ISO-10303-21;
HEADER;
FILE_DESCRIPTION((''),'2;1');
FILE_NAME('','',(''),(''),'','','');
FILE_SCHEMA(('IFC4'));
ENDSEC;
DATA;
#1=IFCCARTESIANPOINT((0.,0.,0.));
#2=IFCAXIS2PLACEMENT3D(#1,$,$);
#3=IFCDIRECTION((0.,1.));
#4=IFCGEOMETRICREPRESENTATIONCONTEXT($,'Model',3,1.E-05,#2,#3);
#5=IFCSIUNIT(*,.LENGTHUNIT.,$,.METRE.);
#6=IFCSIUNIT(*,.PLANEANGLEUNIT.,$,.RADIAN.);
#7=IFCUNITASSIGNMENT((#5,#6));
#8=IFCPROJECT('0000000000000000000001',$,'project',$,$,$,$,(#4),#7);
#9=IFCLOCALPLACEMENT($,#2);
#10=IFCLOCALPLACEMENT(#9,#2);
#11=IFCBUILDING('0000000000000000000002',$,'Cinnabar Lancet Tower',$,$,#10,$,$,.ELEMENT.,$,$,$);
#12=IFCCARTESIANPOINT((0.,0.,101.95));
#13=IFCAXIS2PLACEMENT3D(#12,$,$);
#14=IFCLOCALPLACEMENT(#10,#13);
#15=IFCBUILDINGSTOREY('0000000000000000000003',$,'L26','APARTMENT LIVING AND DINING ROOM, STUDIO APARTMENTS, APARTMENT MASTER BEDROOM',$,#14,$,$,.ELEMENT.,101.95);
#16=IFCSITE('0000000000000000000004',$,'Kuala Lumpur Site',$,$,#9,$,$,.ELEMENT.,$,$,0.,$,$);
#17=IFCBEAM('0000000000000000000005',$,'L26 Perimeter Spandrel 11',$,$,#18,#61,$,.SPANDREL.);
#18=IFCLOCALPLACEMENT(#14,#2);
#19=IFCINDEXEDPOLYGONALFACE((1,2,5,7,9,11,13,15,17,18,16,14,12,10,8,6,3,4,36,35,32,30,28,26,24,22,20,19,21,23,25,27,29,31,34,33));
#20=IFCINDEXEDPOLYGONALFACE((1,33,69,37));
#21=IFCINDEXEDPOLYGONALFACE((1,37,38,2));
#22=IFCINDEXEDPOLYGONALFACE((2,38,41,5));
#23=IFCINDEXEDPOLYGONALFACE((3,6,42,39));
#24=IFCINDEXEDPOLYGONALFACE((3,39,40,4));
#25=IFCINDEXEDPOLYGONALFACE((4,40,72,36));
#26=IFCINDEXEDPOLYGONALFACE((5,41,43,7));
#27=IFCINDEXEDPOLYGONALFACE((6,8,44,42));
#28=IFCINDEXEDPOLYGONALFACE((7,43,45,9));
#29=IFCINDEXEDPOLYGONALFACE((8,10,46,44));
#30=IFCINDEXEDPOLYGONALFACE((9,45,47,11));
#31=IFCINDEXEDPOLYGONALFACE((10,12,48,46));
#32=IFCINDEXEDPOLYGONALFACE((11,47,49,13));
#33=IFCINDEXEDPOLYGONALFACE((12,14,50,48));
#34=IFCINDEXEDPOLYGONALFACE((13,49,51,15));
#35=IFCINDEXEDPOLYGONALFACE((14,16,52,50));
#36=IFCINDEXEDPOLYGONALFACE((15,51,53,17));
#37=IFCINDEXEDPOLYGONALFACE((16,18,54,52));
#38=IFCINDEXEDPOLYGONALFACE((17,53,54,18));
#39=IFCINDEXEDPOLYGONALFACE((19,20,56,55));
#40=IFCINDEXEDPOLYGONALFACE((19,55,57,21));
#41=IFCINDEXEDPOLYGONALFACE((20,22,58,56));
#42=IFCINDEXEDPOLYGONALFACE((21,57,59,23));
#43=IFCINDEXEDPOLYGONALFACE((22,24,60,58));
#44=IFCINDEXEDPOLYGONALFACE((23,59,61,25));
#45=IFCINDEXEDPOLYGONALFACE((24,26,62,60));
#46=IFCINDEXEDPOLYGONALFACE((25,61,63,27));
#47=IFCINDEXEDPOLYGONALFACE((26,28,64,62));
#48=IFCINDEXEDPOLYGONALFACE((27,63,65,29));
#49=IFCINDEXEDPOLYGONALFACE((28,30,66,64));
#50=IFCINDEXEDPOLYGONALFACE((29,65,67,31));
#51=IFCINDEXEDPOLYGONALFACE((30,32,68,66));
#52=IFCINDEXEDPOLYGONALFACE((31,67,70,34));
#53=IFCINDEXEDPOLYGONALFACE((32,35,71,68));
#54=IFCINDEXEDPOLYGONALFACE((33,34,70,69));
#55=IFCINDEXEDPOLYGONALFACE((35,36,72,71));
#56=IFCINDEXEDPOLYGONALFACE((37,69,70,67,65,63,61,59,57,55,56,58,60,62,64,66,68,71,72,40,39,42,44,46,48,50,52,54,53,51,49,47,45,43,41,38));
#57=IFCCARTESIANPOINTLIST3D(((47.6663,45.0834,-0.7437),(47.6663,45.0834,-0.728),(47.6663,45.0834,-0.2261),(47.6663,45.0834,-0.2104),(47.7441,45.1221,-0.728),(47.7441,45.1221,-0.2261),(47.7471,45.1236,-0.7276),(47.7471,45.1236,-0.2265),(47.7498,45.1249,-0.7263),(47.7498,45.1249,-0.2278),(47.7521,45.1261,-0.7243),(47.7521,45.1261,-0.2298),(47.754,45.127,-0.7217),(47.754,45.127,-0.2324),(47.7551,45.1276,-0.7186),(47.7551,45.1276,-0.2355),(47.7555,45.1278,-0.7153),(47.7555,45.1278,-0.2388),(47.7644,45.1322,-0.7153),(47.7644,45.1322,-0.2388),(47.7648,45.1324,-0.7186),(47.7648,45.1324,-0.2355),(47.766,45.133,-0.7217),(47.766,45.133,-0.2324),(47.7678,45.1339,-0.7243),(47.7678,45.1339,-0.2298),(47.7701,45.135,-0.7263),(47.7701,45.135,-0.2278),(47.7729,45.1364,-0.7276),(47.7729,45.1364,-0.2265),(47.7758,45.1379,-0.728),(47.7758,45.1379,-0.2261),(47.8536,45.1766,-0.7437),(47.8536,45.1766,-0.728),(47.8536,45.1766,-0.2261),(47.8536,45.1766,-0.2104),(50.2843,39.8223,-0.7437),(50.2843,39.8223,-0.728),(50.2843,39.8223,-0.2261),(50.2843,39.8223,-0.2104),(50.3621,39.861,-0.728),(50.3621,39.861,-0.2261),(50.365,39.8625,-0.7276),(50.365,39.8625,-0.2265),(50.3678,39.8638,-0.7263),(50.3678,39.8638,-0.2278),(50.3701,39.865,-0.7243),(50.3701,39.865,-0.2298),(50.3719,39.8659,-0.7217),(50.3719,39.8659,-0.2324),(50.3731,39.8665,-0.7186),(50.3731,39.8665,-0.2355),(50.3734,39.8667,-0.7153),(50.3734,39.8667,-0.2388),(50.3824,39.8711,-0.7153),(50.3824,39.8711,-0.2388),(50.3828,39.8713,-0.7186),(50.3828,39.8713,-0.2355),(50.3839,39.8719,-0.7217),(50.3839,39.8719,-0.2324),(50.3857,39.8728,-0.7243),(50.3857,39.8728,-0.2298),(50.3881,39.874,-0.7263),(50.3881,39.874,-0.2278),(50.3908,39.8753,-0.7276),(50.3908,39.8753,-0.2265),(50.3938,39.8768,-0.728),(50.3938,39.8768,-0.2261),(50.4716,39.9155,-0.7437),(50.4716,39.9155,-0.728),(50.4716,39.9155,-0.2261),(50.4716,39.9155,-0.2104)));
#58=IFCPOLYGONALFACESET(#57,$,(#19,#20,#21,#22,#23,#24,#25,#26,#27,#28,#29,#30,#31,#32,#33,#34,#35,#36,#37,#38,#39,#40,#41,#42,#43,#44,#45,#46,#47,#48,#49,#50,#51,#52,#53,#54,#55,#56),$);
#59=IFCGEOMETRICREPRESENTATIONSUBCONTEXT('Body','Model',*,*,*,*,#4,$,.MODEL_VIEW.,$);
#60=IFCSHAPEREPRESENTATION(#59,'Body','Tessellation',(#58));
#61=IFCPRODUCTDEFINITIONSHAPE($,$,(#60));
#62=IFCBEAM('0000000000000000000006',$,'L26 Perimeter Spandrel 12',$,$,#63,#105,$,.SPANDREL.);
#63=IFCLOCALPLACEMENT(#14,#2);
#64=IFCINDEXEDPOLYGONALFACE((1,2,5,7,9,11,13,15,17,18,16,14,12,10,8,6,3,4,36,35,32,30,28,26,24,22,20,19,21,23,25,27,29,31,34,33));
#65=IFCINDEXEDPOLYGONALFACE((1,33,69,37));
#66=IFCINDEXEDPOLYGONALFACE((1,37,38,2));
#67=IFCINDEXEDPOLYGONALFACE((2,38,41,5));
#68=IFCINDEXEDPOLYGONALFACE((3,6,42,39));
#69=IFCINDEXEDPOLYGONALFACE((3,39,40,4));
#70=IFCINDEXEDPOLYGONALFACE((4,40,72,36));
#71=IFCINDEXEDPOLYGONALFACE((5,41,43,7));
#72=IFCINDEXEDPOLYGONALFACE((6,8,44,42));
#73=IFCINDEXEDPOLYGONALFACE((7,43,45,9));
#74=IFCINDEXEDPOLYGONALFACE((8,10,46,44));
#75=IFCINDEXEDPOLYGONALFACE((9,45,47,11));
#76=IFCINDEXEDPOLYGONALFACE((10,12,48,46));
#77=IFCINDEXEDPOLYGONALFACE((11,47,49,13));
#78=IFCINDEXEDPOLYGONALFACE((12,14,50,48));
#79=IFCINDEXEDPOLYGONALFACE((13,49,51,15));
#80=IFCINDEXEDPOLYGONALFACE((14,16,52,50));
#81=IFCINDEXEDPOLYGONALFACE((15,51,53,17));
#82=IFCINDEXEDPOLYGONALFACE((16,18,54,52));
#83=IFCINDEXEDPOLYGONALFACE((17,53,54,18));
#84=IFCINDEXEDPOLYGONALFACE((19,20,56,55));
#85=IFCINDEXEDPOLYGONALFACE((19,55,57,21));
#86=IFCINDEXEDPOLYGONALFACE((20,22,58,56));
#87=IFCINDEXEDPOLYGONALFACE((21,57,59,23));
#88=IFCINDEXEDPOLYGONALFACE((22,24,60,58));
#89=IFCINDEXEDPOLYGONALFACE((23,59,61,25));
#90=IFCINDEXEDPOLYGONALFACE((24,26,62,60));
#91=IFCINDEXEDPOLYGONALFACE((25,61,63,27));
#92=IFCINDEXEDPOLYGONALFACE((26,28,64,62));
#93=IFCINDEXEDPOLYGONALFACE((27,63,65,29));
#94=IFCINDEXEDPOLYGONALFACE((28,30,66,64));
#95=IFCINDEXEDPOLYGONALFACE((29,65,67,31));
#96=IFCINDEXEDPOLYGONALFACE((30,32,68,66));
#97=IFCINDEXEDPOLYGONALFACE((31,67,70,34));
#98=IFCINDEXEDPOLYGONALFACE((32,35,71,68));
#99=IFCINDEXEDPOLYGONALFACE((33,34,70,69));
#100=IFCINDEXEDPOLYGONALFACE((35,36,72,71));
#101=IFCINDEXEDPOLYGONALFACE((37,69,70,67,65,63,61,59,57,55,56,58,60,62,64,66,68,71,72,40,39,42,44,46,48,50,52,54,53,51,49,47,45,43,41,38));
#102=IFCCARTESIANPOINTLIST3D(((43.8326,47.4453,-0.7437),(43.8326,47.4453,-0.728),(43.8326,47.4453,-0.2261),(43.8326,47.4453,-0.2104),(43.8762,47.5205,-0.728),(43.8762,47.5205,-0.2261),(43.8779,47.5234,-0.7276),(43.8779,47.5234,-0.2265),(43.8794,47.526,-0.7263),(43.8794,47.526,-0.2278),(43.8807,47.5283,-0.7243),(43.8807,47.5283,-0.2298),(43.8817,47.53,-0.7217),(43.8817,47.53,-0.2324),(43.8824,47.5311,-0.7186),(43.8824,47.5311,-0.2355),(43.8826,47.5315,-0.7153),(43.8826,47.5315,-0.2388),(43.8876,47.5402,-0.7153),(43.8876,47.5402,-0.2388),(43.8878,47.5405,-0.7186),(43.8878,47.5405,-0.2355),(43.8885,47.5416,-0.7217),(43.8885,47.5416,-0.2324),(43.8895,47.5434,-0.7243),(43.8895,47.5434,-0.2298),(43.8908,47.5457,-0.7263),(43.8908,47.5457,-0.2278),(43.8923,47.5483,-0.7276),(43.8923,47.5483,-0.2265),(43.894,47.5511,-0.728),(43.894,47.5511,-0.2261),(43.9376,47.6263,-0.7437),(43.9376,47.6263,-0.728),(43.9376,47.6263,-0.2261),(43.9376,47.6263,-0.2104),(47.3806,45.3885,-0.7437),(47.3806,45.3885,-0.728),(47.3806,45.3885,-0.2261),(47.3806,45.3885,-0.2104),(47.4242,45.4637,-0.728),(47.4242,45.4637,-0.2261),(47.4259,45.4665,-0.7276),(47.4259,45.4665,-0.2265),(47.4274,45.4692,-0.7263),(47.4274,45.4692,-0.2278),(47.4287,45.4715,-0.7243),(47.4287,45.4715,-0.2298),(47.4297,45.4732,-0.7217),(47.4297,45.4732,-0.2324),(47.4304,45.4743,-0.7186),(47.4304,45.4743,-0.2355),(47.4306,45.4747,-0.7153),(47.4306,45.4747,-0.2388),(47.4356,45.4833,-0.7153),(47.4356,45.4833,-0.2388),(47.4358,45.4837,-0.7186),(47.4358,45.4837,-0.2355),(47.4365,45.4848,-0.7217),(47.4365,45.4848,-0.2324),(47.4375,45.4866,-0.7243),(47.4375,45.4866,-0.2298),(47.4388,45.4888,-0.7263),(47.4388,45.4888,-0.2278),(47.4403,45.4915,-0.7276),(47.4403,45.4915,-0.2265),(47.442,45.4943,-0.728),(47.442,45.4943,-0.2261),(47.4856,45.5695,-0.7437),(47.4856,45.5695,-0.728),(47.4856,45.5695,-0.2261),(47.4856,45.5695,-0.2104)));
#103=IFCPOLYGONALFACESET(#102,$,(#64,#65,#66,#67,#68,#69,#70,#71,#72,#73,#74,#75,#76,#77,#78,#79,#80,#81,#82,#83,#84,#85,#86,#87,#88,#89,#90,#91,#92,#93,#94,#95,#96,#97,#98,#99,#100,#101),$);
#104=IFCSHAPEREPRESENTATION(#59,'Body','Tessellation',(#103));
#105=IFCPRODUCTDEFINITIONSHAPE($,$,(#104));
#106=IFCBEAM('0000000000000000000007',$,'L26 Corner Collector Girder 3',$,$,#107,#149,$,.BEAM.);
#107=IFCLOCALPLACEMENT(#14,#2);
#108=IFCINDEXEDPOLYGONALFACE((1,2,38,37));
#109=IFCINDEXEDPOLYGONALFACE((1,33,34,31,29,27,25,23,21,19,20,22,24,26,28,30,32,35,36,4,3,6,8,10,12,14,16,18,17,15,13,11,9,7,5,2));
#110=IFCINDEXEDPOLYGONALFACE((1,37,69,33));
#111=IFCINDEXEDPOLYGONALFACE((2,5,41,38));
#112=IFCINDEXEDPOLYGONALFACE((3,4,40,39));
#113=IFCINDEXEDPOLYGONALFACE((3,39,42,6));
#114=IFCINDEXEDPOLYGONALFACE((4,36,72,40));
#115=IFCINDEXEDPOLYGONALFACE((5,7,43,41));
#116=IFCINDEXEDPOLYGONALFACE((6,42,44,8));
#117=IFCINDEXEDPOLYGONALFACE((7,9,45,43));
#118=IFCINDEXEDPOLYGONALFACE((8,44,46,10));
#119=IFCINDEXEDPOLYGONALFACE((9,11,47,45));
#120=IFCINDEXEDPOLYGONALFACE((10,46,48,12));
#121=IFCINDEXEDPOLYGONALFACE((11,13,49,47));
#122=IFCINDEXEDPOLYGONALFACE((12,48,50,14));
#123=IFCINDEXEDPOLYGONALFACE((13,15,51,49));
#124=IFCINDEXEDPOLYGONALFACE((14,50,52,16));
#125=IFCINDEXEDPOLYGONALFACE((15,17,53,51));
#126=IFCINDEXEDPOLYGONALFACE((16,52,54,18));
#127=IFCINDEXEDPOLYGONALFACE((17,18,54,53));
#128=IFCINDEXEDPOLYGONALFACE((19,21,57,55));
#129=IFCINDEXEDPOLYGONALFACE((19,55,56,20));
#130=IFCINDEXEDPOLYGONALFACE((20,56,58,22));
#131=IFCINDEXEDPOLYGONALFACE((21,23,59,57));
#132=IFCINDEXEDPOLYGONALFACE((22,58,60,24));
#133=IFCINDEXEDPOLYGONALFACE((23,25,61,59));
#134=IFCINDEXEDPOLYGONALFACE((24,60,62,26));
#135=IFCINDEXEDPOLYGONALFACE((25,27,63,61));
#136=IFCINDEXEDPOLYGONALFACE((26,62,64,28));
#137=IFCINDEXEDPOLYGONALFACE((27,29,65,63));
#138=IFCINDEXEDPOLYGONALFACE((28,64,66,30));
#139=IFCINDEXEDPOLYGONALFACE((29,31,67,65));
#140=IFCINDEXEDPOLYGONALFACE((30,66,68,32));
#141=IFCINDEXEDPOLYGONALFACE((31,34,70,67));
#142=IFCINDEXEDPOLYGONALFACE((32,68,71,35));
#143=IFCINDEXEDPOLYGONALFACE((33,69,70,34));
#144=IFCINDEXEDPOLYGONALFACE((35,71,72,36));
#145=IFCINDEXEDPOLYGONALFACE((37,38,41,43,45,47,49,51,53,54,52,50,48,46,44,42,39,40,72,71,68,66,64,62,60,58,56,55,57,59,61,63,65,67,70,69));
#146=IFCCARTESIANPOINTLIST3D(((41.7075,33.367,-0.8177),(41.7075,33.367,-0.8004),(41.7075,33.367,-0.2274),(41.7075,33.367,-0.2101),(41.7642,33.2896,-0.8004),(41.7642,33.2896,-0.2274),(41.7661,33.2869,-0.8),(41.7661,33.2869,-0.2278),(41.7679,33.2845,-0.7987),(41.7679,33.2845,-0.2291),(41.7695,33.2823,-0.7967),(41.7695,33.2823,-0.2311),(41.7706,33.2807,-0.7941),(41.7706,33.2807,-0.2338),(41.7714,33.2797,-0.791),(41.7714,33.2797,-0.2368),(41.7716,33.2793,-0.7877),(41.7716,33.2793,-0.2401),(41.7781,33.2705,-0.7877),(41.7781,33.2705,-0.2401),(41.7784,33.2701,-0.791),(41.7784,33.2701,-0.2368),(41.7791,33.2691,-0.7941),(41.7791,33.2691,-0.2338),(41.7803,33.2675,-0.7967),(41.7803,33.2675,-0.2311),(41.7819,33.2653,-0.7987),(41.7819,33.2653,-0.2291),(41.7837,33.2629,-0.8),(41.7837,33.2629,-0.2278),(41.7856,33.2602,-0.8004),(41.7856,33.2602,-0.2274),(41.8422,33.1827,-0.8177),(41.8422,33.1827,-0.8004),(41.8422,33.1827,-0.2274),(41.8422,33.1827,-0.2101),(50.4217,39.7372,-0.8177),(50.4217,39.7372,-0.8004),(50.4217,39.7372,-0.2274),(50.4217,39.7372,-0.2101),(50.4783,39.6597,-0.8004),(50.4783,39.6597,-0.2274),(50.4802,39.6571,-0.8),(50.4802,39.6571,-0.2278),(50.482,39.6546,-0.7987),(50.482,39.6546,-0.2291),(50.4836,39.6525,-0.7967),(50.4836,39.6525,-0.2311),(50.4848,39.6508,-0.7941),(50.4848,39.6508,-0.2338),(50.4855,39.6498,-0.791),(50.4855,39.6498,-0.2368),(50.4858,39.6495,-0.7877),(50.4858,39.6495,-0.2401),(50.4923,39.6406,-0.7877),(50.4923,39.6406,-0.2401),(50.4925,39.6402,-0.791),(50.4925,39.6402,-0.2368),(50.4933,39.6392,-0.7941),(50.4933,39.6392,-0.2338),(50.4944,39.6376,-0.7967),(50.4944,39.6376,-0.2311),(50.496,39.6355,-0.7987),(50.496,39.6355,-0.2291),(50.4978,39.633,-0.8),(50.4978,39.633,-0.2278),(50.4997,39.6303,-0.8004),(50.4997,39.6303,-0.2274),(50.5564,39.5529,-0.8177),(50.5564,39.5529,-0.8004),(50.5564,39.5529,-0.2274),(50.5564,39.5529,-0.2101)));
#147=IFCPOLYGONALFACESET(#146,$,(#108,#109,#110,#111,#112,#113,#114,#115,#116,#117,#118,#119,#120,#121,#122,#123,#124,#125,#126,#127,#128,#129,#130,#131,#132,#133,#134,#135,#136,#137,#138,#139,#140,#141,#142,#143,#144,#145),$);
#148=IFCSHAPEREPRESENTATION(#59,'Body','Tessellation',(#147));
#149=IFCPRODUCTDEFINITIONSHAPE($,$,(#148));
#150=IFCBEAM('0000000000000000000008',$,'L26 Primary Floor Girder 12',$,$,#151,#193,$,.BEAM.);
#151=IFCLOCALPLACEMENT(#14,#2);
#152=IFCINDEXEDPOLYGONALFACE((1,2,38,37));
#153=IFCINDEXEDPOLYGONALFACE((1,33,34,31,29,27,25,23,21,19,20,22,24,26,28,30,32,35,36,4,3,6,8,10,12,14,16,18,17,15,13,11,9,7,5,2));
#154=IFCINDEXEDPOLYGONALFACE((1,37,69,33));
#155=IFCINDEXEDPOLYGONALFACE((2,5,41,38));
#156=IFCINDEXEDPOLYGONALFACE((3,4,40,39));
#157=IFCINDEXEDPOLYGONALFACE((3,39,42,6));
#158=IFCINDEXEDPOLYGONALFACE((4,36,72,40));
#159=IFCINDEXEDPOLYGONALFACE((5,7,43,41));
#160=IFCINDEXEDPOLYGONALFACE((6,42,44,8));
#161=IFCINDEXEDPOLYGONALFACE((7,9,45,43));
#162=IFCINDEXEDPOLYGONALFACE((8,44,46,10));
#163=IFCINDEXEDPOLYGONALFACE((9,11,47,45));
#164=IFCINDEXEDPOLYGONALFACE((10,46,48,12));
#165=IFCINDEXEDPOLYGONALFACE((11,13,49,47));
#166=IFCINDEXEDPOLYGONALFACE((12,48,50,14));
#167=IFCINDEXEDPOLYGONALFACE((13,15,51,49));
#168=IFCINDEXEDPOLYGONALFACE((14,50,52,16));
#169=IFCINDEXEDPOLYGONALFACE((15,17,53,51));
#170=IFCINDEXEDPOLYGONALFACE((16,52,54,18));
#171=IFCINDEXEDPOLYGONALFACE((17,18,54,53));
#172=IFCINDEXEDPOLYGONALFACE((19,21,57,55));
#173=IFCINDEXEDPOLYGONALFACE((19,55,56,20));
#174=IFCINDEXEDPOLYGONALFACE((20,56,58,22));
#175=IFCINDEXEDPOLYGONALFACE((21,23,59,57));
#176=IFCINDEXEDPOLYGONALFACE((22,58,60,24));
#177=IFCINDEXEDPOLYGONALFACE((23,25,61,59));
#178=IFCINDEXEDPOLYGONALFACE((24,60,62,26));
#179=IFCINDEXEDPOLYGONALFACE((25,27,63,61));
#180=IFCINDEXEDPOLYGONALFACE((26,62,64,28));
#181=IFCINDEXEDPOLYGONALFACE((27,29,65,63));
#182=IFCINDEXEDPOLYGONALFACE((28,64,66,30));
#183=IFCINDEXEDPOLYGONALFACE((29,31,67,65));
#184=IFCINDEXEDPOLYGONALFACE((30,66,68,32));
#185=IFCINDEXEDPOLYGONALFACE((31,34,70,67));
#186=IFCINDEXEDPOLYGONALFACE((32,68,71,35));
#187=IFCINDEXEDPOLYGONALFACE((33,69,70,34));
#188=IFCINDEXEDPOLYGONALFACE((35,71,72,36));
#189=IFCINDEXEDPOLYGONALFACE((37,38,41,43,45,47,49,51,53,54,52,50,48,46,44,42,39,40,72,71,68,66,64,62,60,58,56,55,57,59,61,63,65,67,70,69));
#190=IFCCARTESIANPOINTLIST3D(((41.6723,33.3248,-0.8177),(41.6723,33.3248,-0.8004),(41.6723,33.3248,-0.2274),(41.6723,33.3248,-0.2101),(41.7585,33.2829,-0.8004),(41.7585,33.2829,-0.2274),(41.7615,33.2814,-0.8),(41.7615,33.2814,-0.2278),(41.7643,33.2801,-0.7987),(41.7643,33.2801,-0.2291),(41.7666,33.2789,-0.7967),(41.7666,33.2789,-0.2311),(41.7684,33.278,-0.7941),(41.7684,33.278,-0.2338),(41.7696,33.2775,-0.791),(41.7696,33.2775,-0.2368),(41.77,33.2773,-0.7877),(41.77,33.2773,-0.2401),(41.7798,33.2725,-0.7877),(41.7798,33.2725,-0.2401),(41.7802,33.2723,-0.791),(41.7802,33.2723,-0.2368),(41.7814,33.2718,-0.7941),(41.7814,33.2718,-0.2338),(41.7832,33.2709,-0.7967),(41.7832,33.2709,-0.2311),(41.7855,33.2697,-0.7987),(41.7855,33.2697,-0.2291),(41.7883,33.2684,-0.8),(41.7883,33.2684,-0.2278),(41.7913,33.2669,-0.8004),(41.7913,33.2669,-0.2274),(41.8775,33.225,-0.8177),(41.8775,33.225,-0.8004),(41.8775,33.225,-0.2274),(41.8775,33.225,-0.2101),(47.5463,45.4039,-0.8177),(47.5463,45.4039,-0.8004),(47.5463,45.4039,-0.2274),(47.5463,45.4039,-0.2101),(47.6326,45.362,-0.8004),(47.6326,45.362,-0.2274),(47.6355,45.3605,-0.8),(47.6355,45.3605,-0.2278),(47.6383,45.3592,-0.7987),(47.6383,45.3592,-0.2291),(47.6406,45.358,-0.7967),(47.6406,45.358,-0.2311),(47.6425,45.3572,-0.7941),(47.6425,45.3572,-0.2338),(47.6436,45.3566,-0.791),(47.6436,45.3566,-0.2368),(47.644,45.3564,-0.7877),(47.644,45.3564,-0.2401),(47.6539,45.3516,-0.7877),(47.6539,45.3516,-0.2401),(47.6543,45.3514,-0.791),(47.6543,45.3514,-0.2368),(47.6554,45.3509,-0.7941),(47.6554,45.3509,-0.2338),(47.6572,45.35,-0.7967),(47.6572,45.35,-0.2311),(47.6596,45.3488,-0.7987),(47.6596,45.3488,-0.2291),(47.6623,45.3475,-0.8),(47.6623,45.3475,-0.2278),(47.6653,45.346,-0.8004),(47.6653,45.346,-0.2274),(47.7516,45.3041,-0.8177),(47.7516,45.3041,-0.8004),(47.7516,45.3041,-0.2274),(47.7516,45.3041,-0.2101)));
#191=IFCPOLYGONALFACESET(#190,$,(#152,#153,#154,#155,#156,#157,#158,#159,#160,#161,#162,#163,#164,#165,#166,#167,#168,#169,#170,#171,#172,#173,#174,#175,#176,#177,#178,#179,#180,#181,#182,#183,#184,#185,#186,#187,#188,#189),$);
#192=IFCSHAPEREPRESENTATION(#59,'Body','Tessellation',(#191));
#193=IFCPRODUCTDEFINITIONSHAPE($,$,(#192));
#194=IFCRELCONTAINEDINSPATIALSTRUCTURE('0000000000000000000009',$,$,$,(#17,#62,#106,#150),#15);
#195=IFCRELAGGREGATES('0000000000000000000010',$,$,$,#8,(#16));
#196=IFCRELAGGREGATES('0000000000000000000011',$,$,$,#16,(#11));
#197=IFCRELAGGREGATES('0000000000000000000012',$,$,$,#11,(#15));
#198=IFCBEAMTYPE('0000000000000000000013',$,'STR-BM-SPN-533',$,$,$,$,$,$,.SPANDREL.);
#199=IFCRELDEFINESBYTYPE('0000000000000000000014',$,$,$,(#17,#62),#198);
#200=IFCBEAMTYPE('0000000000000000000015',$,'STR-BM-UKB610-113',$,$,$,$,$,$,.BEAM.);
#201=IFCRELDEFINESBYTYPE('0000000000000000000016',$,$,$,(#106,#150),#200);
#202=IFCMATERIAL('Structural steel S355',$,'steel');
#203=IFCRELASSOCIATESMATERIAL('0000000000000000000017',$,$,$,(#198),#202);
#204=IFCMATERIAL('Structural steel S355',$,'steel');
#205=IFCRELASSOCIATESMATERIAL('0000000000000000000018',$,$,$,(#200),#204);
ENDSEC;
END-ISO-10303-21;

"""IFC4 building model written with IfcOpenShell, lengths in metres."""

from ifc_helpers import new_model, si_unit, direction, frame, origin, origin_2d, place, context, subcontext, project, spatial, i_section, extrude, material, material_profile, profile_set, type_object, element, save


model = new_model("IFC4")

# Units and contexts
model_context = context("Model", 3, precision=1e-05, world=origin(), true_north=direction((0.0, 1.0)))
body_context = subcontext(model_context, "Body", "Model", "MODEL_VIEW")
ifc_project = project(units=[si_unit("LENGTHUNIT", "METRE"), si_unit("PLANEANGLEUNIT", "RADIAN")], contexts=[model_context])

# Site, building, storey
site_placement = place(None, origin())
site = spatial("IfcSite", under=ifc_project, at=site_placement, Name="Kuala Lumpur Site", CompositionType="ELEMENT", RefElevation=0.0)
building_placement = place(site_placement, origin())
building = spatial("IfcBuilding", under=site, at=building_placement, Name="Cinnabar Lancet Tower", CompositionType="ELEMENT")
storey_placement = place(building_placement, frame((0.0, 0.0, 101.95)))
storey = spatial("IfcBuildingStorey", under=building, at=storey_placement, Name="L26", Description="APARTMENT LIVING AND DINING ROOM, STUDIO APARTMENTS, APARTMENT MASTER BEDROOM", CompositionType="ELEMENT", Elevation=101.95)

# Beams
ifc_material_1 = material(Name="Structural steel S355", Category="steel")
ifc_material_profile_1 = material_profile(ifc_material_1, i_section(OverallWidth=0.2092, OverallDepth=0.5332, WebThickness=0.01, FlangeThickness=0.0156, FilletRadius=0.0127, at=origin_2d()), Name="UKB 533x210x92")
ifc_profile_set_1 = profile_set([ifc_material_profile_1], Name="Structural steel S355")
beam_type_1 = type_object("IfcBeamType", Name="STR-BM-SPN-533", PredefinedType="SPANDREL", material=ifc_profile_set_1)
beam_1_placement = place(storey_placement, frame((50.3779, 39.8689, -0.4771), z_axis=(-0.445501, 0.895281, 0.0), x_axis=(-0.895281, -0.445501, 0.0)))
element("IfcBeam", 1, at=beam_1_placement, inside=storey, type_object=beam_type_1, Name="L26 Perimeter Spandrel 11", PredefinedType="SPANDREL", context=body_context, shape_type="SweptSolid", body=[
    extrude(i_section(OverallWidth=0.2092, OverallDepth=0.5332, WebThickness=0.01, FlangeThickness=0.0156, FilletRadius=0.0127, at=origin_2d()), origin(), (0.0, 0.0, 1.0), 5.8765),
])
beam_2_placement = place(storey_placement, frame((47.4331, 45.479, -0.4771), z_axis=(-0.865138, 0.501534, 0.0), x_axis=(-0.501534, -0.865138, 0.0)))
element("IfcBeam", 2, at=beam_2_placement, inside=storey, type_object=beam_type_1, Name="L26 Perimeter Spandrel 12", PredefinedType="SPANDREL", context=body_context, shape_type="SweptSolid", body=[
    extrude(i_section(OverallWidth=0.2092, OverallDepth=0.5332, WebThickness=0.01, FlangeThickness=0.0156, FilletRadius=0.0127, at=origin_2d()), origin(), (0.0, 0.0, 1.0), 4.1011),
])
ifc_material_2 = material(Name="Structural steel S355", Category="steel")
ifc_material_profile_2 = material_profile(ifc_material_2, i_section(OverallWidth=0.2283, OverallDepth=0.6077, WebThickness=0.011, FlangeThickness=0.0173, FilletRadius=0.0127, at=origin_2d()), Name="UKB 610x229x113")
ifc_profile_set_2 = profile_set([ifc_material_profile_2], Name="Structural steel S355")
beam_type_2 = type_object("IfcBeamType", Name="STR-BM-UKB610-113", PredefinedType="BEAM", material=ifc_profile_set_2)
beam_3_placement = place(storey_placement, frame((50.489, 39.645, -0.5139), z_axis=(-0.807298, -0.590144, 0.0), x_axis=(0.590144, -0.807298, 0.0)))
element("IfcBeam", 3, at=beam_3_placement, inside=storey, type_object=beam_type_2, Name="L26 Corner Collector Girder 3", PredefinedType="BEAM", context=body_context, shape_type="SweptSolid", body=[
    extrude(i_section(OverallWidth=0.2283, OverallDepth=0.6077, WebThickness=0.011, FlangeThickness=0.0173, FilletRadius=0.0127, at=origin_2d()), origin(), (0.0, 0.0, 1.0), 10.7942),
])
beam_4_placement = place(storey_placement, frame((47.6489, 45.354, -0.5139), z_axis=(-0.437327, -0.899302, 0.0), x_axis=(0.899302, -0.437327, 0.0)))
element("IfcBeam", 4, at=beam_4_placement, inside=storey, type_object=beam_type_2, Name="L26 Primary Floor Girder 12", PredefinedType="BEAM", context=body_context, shape_type="SweptSolid", body=[
    extrude(i_section(OverallWidth=0.2283, OverallDepth=0.6077, WebThickness=0.011, FlangeThickness=0.0173, FilletRadius=0.0127, at=origin_2d()), origin(), (0.0, 0.0, 1.0), 13.4316),
])

save(model, "model.ifc")
